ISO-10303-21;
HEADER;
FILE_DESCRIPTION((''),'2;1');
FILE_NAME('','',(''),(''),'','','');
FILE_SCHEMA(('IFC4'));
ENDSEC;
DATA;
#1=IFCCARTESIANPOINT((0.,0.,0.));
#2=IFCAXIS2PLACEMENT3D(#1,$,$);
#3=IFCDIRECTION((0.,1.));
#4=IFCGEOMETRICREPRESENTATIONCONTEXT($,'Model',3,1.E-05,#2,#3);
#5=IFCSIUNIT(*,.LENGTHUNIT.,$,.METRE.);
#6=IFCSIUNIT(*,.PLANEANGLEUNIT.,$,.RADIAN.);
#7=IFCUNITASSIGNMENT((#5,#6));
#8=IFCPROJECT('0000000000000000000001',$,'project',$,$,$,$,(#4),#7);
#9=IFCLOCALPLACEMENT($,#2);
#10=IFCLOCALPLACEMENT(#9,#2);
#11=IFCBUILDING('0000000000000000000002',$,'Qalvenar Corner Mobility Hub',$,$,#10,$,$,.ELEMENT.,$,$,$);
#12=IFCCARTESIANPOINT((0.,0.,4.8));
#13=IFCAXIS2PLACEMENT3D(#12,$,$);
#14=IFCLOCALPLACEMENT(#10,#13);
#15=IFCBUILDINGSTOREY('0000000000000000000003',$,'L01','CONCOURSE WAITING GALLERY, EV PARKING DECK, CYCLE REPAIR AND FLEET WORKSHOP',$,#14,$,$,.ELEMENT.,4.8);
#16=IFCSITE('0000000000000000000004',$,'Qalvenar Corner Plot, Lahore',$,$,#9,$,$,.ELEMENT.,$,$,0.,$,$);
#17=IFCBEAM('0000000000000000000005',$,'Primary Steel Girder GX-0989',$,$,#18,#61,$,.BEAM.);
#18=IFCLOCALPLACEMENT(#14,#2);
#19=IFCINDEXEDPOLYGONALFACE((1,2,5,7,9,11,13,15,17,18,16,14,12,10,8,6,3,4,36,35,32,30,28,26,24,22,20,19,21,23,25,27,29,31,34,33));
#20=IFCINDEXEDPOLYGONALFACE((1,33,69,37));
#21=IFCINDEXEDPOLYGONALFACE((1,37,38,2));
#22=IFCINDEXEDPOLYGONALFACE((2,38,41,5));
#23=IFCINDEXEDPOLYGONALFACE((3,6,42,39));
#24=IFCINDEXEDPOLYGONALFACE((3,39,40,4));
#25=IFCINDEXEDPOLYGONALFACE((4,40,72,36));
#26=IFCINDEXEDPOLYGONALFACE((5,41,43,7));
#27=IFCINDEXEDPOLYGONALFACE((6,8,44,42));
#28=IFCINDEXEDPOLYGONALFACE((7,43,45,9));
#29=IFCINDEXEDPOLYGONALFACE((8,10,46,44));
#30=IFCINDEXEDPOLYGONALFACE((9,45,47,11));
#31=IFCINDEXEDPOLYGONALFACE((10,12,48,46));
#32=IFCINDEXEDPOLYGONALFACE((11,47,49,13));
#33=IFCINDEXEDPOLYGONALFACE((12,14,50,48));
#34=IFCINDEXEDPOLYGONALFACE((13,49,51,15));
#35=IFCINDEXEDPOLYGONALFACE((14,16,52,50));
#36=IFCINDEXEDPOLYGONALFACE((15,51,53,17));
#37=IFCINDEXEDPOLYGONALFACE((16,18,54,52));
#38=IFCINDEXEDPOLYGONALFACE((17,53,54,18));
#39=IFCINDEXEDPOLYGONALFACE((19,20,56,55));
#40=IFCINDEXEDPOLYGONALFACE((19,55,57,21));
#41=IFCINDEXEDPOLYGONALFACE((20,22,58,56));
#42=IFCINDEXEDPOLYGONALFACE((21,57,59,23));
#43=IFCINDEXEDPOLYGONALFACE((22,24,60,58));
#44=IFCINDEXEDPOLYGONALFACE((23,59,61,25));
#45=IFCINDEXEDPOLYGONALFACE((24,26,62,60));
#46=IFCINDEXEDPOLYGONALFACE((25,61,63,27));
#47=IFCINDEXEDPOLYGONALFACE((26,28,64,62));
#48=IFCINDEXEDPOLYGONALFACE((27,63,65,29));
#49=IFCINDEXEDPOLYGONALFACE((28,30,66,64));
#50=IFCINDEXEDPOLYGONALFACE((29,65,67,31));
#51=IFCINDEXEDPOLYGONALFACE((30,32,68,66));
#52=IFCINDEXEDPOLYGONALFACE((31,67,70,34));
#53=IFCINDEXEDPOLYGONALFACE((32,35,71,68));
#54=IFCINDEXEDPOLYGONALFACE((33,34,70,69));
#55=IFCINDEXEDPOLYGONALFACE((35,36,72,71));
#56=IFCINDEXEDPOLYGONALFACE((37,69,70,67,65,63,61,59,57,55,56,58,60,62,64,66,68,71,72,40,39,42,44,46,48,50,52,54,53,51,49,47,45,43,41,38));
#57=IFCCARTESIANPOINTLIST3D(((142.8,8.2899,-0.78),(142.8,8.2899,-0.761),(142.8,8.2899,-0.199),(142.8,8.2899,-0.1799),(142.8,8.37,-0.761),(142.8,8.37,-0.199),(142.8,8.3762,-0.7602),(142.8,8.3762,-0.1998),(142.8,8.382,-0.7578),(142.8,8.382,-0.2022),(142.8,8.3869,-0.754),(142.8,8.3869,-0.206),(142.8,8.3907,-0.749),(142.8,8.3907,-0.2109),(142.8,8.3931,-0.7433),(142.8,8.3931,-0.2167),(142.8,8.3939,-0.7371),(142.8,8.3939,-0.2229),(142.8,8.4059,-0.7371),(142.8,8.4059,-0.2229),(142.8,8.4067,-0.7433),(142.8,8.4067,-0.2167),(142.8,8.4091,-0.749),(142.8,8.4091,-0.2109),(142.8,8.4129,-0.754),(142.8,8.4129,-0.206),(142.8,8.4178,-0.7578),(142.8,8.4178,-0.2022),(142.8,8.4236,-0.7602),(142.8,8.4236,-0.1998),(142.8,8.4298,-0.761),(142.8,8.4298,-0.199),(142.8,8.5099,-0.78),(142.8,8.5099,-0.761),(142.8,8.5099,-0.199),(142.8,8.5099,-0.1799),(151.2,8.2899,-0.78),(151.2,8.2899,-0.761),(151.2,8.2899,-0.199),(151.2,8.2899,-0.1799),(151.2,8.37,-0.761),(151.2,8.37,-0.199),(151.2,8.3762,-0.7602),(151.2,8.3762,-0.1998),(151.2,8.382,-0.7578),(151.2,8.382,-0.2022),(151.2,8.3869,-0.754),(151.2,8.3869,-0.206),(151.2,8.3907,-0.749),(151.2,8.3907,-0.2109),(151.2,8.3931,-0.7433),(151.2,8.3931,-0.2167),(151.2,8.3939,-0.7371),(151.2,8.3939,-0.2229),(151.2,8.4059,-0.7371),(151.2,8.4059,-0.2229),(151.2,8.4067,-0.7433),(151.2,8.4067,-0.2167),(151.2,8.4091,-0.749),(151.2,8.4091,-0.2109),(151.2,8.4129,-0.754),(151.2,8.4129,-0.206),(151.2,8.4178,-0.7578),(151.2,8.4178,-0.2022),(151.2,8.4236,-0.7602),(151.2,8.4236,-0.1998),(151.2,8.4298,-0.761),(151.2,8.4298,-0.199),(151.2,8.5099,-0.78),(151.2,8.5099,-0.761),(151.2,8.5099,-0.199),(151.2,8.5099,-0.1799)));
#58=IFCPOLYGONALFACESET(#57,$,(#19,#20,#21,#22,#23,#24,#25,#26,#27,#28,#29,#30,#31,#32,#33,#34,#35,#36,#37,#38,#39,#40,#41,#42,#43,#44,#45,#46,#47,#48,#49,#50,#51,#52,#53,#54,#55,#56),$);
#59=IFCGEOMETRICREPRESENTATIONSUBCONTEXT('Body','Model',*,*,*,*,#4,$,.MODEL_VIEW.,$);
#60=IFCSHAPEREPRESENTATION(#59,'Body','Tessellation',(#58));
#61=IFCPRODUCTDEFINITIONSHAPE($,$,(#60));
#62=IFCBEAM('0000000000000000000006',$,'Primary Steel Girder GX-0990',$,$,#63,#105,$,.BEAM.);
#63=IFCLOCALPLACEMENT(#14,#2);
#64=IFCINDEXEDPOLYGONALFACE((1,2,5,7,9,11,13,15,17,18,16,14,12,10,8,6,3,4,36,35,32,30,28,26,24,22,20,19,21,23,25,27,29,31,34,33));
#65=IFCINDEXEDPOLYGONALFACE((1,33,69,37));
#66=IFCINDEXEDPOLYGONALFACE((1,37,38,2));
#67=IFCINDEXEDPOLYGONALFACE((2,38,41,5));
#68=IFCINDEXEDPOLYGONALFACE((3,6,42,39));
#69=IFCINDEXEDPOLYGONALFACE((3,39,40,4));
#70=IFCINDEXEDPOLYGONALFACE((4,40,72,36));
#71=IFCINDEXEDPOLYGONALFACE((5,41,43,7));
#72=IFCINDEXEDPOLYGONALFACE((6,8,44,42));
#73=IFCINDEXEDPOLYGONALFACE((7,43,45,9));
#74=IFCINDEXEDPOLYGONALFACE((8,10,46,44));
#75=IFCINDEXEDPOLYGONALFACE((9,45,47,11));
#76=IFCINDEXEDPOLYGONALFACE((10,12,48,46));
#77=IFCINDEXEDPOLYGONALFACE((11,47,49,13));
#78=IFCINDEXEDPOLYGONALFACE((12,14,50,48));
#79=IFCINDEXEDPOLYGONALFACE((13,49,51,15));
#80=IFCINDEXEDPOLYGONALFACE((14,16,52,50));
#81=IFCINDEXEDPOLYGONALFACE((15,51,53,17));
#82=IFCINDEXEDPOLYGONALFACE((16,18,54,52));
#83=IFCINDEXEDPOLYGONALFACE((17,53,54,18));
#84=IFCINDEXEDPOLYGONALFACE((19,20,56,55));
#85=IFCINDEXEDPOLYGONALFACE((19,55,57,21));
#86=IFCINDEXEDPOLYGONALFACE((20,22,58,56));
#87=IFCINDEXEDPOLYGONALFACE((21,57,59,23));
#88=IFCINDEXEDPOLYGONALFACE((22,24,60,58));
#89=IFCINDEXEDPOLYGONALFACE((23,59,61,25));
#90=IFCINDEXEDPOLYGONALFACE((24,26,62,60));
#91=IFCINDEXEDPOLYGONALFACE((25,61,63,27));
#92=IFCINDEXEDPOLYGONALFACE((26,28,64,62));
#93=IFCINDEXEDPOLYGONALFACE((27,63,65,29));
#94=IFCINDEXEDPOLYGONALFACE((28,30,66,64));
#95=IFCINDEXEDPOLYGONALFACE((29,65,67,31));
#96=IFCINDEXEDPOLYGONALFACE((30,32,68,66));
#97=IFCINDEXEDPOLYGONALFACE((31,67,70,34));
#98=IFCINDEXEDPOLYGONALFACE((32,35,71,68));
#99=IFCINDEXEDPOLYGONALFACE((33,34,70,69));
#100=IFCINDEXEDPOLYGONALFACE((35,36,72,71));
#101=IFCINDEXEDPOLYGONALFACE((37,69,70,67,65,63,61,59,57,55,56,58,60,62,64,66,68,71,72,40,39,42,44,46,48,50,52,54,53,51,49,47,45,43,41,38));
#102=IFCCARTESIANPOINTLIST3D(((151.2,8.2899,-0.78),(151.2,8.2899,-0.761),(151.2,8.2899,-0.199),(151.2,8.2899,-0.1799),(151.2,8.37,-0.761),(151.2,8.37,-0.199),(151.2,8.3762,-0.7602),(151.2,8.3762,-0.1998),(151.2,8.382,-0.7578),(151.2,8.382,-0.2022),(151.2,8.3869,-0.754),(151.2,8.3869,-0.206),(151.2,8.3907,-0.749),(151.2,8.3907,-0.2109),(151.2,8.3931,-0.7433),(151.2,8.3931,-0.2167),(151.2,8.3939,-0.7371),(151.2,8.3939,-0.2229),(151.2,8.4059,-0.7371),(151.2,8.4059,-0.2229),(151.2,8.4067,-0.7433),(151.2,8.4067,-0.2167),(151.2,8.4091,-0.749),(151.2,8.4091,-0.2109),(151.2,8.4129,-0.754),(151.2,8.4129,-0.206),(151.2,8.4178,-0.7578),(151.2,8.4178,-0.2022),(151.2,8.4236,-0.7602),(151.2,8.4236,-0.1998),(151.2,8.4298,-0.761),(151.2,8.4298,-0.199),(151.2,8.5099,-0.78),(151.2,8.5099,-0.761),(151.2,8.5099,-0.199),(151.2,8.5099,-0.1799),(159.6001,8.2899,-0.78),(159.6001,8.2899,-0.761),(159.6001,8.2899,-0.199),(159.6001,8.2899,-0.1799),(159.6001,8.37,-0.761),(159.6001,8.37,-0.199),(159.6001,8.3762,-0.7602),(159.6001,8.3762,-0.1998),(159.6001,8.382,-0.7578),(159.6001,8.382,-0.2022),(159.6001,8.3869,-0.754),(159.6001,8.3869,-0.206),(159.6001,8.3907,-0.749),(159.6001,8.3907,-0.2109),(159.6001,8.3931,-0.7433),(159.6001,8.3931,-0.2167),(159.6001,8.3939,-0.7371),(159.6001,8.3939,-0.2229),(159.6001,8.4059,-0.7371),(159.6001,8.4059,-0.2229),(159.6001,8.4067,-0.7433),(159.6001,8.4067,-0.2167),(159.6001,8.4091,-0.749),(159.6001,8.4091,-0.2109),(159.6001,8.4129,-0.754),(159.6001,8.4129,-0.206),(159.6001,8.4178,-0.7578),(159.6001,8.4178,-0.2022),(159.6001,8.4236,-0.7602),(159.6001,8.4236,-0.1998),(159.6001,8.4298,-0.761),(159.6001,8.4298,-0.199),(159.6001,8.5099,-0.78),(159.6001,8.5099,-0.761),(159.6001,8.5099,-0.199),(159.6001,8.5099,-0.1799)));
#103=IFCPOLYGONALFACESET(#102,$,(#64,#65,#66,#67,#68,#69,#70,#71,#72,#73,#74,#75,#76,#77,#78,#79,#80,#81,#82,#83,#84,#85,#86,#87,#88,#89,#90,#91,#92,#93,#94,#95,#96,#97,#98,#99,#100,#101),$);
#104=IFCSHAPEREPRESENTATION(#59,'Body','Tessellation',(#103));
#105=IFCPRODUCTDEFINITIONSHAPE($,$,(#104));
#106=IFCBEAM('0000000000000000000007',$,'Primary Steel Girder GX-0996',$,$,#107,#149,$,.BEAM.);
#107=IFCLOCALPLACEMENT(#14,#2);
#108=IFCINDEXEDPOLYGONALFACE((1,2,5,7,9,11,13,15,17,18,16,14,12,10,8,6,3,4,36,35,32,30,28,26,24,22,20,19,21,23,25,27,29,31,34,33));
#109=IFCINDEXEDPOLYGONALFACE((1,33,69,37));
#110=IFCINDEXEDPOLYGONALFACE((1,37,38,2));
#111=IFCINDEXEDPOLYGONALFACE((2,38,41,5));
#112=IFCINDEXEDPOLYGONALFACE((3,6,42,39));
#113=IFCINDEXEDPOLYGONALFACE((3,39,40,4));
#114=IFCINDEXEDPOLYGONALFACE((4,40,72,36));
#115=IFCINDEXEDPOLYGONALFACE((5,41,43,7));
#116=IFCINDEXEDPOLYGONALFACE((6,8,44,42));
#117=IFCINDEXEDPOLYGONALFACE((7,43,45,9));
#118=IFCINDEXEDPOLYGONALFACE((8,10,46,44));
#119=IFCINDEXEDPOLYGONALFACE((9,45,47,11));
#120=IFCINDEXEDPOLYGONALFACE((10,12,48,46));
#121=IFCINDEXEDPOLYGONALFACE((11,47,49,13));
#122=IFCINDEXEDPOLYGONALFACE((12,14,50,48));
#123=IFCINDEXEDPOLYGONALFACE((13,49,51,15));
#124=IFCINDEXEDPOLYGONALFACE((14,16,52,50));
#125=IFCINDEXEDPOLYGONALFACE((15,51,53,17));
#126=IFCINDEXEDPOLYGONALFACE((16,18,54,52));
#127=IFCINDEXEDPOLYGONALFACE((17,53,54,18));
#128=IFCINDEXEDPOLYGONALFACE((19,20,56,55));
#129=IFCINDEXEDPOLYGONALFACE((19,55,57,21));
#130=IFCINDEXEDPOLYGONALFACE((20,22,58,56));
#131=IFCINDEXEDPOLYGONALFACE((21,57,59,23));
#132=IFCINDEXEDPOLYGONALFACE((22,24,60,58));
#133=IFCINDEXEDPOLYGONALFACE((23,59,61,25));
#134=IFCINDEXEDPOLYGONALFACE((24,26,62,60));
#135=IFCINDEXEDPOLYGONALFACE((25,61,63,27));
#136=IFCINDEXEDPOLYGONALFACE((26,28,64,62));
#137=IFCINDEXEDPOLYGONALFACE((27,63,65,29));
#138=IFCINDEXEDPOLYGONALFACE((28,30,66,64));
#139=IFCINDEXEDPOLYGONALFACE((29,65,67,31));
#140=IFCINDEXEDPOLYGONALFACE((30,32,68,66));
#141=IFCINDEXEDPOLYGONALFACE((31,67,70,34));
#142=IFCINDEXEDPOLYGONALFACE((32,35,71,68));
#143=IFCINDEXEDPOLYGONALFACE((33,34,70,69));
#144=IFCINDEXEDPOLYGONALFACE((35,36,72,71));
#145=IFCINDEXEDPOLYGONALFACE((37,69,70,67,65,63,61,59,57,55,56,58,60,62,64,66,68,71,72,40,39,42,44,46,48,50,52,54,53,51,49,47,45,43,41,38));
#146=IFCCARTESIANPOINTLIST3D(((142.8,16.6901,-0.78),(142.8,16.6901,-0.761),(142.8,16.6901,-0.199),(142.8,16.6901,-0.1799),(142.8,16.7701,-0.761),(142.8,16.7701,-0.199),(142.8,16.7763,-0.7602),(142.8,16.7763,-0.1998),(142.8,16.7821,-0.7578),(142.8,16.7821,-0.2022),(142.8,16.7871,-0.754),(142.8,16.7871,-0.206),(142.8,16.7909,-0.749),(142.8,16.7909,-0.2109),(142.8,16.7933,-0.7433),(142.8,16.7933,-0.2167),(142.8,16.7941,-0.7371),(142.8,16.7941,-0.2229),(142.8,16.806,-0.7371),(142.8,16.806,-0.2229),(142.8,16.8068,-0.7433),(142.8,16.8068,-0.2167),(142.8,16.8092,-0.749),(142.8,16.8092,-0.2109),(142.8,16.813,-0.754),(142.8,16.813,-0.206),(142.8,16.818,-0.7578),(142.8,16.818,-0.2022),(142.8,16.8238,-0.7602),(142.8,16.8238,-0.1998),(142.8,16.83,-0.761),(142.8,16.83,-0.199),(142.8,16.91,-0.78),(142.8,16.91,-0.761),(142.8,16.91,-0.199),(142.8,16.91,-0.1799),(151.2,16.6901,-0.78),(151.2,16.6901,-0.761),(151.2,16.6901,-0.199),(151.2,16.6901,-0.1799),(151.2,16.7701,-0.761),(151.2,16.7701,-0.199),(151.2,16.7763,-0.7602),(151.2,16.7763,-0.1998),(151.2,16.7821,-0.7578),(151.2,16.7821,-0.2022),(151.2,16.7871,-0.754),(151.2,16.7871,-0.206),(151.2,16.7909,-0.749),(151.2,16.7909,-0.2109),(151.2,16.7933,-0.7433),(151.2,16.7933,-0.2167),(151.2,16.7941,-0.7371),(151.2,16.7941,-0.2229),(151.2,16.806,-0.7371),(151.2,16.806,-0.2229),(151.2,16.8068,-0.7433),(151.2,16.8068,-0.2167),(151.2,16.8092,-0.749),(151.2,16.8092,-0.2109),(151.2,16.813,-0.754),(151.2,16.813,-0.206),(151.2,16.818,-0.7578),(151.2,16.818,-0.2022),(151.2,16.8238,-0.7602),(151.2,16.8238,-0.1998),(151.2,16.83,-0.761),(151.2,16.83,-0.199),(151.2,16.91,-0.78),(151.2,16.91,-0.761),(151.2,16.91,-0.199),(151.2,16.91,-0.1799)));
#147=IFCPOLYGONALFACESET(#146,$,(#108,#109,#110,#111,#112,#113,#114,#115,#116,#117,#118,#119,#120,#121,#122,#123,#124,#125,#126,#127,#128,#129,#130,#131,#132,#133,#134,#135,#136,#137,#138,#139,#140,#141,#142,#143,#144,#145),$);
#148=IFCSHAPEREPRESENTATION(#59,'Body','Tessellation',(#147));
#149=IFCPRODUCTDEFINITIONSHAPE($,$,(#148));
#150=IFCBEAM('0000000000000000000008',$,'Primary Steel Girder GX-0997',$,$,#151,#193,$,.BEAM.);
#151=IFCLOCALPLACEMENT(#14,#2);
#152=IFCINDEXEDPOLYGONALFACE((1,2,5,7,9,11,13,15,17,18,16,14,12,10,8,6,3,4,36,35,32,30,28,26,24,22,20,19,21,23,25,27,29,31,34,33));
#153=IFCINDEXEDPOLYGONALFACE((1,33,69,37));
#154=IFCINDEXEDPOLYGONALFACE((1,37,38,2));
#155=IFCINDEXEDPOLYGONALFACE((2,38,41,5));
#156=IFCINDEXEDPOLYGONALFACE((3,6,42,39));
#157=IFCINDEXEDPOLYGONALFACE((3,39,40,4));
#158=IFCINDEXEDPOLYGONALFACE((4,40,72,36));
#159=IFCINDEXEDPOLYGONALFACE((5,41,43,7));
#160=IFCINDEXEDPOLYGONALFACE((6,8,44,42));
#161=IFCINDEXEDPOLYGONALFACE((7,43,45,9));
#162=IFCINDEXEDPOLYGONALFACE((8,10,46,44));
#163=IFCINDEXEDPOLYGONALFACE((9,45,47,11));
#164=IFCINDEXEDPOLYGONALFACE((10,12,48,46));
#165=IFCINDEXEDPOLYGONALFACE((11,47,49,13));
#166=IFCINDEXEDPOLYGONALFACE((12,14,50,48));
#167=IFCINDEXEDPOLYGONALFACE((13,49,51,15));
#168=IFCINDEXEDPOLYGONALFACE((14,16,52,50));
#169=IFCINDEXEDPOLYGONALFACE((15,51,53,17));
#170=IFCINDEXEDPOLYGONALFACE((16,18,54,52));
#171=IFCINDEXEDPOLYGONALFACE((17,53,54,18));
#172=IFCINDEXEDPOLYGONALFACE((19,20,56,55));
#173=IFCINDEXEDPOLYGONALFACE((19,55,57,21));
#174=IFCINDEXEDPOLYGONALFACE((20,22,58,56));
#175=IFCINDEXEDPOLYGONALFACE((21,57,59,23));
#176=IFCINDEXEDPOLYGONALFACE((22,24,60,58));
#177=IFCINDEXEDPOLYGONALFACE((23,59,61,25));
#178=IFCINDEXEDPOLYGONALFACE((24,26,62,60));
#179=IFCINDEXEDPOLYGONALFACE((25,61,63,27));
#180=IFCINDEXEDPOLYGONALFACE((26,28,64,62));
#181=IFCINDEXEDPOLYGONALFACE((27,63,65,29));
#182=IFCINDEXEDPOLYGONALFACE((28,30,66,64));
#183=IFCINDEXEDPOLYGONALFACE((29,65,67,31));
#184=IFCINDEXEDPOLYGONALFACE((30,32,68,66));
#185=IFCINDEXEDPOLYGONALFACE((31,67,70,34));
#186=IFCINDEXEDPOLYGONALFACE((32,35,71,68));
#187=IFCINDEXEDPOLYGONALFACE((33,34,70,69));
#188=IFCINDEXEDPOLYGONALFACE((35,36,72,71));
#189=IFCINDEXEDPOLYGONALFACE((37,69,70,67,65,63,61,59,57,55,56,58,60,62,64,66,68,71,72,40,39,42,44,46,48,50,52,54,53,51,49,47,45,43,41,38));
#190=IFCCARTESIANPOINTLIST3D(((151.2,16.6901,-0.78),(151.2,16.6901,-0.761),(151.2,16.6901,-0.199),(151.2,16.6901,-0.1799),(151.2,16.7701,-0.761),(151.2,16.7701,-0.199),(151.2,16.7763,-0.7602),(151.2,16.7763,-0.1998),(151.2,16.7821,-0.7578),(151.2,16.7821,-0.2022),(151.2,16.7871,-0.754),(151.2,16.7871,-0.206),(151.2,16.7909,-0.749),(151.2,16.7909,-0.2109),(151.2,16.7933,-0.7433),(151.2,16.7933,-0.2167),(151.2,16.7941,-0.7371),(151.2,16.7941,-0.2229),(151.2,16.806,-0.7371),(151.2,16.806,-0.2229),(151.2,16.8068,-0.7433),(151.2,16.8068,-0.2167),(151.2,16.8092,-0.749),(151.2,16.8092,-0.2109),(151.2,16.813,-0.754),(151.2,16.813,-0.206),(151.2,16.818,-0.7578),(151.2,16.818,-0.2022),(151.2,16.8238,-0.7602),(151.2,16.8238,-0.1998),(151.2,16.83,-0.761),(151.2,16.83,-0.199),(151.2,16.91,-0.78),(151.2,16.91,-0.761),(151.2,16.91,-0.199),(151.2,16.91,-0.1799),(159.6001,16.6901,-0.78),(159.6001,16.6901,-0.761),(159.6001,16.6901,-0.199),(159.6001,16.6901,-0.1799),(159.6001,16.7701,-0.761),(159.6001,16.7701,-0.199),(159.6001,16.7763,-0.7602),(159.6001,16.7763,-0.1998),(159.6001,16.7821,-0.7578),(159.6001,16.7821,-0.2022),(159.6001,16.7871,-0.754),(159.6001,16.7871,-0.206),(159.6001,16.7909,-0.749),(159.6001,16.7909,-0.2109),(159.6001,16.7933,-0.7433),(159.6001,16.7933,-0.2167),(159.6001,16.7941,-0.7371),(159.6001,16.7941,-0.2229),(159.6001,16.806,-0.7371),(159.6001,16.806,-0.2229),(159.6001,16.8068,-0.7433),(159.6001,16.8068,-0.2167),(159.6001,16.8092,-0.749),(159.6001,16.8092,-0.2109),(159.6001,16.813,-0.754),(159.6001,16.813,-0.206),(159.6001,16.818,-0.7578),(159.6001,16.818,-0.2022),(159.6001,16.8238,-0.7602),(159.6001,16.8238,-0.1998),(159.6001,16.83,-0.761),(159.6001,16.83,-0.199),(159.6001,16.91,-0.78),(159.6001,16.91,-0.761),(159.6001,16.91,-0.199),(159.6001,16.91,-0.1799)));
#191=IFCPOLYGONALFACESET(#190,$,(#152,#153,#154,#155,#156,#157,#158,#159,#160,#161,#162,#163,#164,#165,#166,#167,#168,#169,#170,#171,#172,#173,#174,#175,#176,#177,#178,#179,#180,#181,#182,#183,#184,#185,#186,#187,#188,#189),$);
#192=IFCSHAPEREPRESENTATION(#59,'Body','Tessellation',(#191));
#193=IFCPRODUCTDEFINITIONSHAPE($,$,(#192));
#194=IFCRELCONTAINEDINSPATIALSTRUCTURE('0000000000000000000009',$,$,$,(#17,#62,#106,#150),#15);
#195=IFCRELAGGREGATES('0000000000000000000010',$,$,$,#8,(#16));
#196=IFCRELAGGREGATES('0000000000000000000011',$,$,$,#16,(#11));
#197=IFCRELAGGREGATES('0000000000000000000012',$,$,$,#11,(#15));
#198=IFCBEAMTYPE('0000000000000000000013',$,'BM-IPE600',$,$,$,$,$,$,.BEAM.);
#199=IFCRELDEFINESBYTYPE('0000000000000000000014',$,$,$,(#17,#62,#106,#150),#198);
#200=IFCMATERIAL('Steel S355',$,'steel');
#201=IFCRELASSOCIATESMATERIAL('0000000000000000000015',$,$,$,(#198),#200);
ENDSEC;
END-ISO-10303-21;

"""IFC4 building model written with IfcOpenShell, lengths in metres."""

from ifc_helpers import new_model, si_unit, direction, frame, origin, origin_2d, place, context, subcontext, project, spatial, i_section, extrude, material, material_profile, profile_set, type_object, element, save


model = new_model("IFC4")

# Units and contexts
model_context = context("Model", 3, precision=1e-05, world=origin(), true_north=direction((0.0, 1.0)))
body_context = subcontext(model_context, "Body", "Model", "MODEL_VIEW")
ifc_project = project(units=[si_unit("LENGTHUNIT", "METRE"), si_unit("PLANEANGLEUNIT", "RADIAN")], contexts=[model_context])

# Site, building, storey
site_placement = place(None, origin())
site = spatial("IfcSite", under=ifc_project, at=site_placement, Name="Qalvenar Corner Plot, Lahore", CompositionType="ELEMENT", RefElevation=0.0)
building_placement = place(site_placement, origin())
building = spatial("IfcBuilding", under=site, at=building_placement, Name="Qalvenar Corner Mobility Hub", CompositionType="ELEMENT")
storey_placement = place(building_placement, frame((0.0, 0.0, 4.8)))
storey = spatial("IfcBuildingStorey", under=building, at=storey_placement, Name="L01", Description="CONCOURSE WAITING GALLERY, EV PARKING DECK, CYCLE REPAIR AND FLEET WORKSHOP", CompositionType="ELEMENT", Elevation=4.8)

# Shared definitions
ifc_material_1 = material(Name="Steel S355", Category="steel")

# Beams
ifc_material_profile_1 = material_profile(ifc_material_1, i_section(OverallWidth=0.22, OverallDepth=0.6001, WebThickness=0.012, FlangeThickness=0.019, FilletRadius=0.0239, at=origin_2d()), Name="IPE600")
ifc_profile_set_1 = profile_set([ifc_material_profile_1], Name="Steel S355")
beam_type_1 = type_object("IfcBeamType", Name="BM-IPE600", PredefinedType="BEAM", material=ifc_profile_set_1)
beam_1_placement = place(storey_placement, frame((142.8, 8.3999, -0.48), z_axis=(1.0, 0.0, 0.0), x_axis=(0.0, 1.0, 0.0)))
element("IfcBeam", 1, at=beam_1_placement, inside=storey, type_object=beam_type_1, Name="Primary Steel Girder GX-0989", PredefinedType="BEAM", context=body_context, shape_type="SweptSolid", body=[
    extrude(i_section(OverallWidth=0.22, OverallDepth=0.6001, WebThickness=0.012, FlangeThickness=0.019, FilletRadius=0.0239, at=origin_2d()), origin(), (0.0, 0.0, 1.0), 8.3999),
])
beam_2_placement = place(storey_placement, frame((151.2, 8.3999, -0.48), z_axis=(1.0, 0.0, 0.0), x_axis=(0.0, 1.0, 0.0)))
element("IfcBeam", 2, at=beam_2_placement, inside=storey, type_object=beam_type_1, Name="Primary Steel Girder GX-0990", PredefinedType="BEAM", context=body_context, shape_type="SweptSolid", body=[
    extrude(i_section(OverallWidth=0.22, OverallDepth=0.6001, WebThickness=0.012, FlangeThickness=0.019, FilletRadius=0.0239, at=origin_2d()), origin(), (0.0, 0.0, 1.0), 8.4001),
])
beam_3_placement = place(storey_placement, frame((142.8, 16.8, -0.48), z_axis=(1.0, 0.0, 0.0), x_axis=(0.0, 1.0, 0.0)))
element("IfcBeam", 3, at=beam_3_placement, inside=storey, type_object=beam_type_1, Name="Primary Steel Girder GX-0996", PredefinedType="BEAM", context=body_context, shape_type="SweptSolid", body=[
    extrude(i_section(OverallWidth=0.22, OverallDepth=0.6001, WebThickness=0.012, FlangeThickness=0.019, FilletRadius=0.0239, at=origin_2d()), origin(), (0.0, 0.0, 1.0), 8.3999),
])
beam_4_placement = place(storey_placement, frame((151.2, 16.8, -0.48), z_axis=(1.0, 0.0, 0.0), x_axis=(0.0, 1.0, 0.0)))
element("IfcBeam", 4, at=beam_4_placement, inside=storey, type_object=beam_type_1, Name="Primary Steel Girder GX-0997", PredefinedType="BEAM", context=body_context, shape_type="SweptSolid", body=[
    extrude(i_section(OverallWidth=0.22, OverallDepth=0.6001, WebThickness=0.012, FlangeThickness=0.019, FilletRadius=0.0239, at=origin_2d()), origin(), (0.0, 0.0, 1.0), 8.4001),
])

save(model, "model.ifc")
